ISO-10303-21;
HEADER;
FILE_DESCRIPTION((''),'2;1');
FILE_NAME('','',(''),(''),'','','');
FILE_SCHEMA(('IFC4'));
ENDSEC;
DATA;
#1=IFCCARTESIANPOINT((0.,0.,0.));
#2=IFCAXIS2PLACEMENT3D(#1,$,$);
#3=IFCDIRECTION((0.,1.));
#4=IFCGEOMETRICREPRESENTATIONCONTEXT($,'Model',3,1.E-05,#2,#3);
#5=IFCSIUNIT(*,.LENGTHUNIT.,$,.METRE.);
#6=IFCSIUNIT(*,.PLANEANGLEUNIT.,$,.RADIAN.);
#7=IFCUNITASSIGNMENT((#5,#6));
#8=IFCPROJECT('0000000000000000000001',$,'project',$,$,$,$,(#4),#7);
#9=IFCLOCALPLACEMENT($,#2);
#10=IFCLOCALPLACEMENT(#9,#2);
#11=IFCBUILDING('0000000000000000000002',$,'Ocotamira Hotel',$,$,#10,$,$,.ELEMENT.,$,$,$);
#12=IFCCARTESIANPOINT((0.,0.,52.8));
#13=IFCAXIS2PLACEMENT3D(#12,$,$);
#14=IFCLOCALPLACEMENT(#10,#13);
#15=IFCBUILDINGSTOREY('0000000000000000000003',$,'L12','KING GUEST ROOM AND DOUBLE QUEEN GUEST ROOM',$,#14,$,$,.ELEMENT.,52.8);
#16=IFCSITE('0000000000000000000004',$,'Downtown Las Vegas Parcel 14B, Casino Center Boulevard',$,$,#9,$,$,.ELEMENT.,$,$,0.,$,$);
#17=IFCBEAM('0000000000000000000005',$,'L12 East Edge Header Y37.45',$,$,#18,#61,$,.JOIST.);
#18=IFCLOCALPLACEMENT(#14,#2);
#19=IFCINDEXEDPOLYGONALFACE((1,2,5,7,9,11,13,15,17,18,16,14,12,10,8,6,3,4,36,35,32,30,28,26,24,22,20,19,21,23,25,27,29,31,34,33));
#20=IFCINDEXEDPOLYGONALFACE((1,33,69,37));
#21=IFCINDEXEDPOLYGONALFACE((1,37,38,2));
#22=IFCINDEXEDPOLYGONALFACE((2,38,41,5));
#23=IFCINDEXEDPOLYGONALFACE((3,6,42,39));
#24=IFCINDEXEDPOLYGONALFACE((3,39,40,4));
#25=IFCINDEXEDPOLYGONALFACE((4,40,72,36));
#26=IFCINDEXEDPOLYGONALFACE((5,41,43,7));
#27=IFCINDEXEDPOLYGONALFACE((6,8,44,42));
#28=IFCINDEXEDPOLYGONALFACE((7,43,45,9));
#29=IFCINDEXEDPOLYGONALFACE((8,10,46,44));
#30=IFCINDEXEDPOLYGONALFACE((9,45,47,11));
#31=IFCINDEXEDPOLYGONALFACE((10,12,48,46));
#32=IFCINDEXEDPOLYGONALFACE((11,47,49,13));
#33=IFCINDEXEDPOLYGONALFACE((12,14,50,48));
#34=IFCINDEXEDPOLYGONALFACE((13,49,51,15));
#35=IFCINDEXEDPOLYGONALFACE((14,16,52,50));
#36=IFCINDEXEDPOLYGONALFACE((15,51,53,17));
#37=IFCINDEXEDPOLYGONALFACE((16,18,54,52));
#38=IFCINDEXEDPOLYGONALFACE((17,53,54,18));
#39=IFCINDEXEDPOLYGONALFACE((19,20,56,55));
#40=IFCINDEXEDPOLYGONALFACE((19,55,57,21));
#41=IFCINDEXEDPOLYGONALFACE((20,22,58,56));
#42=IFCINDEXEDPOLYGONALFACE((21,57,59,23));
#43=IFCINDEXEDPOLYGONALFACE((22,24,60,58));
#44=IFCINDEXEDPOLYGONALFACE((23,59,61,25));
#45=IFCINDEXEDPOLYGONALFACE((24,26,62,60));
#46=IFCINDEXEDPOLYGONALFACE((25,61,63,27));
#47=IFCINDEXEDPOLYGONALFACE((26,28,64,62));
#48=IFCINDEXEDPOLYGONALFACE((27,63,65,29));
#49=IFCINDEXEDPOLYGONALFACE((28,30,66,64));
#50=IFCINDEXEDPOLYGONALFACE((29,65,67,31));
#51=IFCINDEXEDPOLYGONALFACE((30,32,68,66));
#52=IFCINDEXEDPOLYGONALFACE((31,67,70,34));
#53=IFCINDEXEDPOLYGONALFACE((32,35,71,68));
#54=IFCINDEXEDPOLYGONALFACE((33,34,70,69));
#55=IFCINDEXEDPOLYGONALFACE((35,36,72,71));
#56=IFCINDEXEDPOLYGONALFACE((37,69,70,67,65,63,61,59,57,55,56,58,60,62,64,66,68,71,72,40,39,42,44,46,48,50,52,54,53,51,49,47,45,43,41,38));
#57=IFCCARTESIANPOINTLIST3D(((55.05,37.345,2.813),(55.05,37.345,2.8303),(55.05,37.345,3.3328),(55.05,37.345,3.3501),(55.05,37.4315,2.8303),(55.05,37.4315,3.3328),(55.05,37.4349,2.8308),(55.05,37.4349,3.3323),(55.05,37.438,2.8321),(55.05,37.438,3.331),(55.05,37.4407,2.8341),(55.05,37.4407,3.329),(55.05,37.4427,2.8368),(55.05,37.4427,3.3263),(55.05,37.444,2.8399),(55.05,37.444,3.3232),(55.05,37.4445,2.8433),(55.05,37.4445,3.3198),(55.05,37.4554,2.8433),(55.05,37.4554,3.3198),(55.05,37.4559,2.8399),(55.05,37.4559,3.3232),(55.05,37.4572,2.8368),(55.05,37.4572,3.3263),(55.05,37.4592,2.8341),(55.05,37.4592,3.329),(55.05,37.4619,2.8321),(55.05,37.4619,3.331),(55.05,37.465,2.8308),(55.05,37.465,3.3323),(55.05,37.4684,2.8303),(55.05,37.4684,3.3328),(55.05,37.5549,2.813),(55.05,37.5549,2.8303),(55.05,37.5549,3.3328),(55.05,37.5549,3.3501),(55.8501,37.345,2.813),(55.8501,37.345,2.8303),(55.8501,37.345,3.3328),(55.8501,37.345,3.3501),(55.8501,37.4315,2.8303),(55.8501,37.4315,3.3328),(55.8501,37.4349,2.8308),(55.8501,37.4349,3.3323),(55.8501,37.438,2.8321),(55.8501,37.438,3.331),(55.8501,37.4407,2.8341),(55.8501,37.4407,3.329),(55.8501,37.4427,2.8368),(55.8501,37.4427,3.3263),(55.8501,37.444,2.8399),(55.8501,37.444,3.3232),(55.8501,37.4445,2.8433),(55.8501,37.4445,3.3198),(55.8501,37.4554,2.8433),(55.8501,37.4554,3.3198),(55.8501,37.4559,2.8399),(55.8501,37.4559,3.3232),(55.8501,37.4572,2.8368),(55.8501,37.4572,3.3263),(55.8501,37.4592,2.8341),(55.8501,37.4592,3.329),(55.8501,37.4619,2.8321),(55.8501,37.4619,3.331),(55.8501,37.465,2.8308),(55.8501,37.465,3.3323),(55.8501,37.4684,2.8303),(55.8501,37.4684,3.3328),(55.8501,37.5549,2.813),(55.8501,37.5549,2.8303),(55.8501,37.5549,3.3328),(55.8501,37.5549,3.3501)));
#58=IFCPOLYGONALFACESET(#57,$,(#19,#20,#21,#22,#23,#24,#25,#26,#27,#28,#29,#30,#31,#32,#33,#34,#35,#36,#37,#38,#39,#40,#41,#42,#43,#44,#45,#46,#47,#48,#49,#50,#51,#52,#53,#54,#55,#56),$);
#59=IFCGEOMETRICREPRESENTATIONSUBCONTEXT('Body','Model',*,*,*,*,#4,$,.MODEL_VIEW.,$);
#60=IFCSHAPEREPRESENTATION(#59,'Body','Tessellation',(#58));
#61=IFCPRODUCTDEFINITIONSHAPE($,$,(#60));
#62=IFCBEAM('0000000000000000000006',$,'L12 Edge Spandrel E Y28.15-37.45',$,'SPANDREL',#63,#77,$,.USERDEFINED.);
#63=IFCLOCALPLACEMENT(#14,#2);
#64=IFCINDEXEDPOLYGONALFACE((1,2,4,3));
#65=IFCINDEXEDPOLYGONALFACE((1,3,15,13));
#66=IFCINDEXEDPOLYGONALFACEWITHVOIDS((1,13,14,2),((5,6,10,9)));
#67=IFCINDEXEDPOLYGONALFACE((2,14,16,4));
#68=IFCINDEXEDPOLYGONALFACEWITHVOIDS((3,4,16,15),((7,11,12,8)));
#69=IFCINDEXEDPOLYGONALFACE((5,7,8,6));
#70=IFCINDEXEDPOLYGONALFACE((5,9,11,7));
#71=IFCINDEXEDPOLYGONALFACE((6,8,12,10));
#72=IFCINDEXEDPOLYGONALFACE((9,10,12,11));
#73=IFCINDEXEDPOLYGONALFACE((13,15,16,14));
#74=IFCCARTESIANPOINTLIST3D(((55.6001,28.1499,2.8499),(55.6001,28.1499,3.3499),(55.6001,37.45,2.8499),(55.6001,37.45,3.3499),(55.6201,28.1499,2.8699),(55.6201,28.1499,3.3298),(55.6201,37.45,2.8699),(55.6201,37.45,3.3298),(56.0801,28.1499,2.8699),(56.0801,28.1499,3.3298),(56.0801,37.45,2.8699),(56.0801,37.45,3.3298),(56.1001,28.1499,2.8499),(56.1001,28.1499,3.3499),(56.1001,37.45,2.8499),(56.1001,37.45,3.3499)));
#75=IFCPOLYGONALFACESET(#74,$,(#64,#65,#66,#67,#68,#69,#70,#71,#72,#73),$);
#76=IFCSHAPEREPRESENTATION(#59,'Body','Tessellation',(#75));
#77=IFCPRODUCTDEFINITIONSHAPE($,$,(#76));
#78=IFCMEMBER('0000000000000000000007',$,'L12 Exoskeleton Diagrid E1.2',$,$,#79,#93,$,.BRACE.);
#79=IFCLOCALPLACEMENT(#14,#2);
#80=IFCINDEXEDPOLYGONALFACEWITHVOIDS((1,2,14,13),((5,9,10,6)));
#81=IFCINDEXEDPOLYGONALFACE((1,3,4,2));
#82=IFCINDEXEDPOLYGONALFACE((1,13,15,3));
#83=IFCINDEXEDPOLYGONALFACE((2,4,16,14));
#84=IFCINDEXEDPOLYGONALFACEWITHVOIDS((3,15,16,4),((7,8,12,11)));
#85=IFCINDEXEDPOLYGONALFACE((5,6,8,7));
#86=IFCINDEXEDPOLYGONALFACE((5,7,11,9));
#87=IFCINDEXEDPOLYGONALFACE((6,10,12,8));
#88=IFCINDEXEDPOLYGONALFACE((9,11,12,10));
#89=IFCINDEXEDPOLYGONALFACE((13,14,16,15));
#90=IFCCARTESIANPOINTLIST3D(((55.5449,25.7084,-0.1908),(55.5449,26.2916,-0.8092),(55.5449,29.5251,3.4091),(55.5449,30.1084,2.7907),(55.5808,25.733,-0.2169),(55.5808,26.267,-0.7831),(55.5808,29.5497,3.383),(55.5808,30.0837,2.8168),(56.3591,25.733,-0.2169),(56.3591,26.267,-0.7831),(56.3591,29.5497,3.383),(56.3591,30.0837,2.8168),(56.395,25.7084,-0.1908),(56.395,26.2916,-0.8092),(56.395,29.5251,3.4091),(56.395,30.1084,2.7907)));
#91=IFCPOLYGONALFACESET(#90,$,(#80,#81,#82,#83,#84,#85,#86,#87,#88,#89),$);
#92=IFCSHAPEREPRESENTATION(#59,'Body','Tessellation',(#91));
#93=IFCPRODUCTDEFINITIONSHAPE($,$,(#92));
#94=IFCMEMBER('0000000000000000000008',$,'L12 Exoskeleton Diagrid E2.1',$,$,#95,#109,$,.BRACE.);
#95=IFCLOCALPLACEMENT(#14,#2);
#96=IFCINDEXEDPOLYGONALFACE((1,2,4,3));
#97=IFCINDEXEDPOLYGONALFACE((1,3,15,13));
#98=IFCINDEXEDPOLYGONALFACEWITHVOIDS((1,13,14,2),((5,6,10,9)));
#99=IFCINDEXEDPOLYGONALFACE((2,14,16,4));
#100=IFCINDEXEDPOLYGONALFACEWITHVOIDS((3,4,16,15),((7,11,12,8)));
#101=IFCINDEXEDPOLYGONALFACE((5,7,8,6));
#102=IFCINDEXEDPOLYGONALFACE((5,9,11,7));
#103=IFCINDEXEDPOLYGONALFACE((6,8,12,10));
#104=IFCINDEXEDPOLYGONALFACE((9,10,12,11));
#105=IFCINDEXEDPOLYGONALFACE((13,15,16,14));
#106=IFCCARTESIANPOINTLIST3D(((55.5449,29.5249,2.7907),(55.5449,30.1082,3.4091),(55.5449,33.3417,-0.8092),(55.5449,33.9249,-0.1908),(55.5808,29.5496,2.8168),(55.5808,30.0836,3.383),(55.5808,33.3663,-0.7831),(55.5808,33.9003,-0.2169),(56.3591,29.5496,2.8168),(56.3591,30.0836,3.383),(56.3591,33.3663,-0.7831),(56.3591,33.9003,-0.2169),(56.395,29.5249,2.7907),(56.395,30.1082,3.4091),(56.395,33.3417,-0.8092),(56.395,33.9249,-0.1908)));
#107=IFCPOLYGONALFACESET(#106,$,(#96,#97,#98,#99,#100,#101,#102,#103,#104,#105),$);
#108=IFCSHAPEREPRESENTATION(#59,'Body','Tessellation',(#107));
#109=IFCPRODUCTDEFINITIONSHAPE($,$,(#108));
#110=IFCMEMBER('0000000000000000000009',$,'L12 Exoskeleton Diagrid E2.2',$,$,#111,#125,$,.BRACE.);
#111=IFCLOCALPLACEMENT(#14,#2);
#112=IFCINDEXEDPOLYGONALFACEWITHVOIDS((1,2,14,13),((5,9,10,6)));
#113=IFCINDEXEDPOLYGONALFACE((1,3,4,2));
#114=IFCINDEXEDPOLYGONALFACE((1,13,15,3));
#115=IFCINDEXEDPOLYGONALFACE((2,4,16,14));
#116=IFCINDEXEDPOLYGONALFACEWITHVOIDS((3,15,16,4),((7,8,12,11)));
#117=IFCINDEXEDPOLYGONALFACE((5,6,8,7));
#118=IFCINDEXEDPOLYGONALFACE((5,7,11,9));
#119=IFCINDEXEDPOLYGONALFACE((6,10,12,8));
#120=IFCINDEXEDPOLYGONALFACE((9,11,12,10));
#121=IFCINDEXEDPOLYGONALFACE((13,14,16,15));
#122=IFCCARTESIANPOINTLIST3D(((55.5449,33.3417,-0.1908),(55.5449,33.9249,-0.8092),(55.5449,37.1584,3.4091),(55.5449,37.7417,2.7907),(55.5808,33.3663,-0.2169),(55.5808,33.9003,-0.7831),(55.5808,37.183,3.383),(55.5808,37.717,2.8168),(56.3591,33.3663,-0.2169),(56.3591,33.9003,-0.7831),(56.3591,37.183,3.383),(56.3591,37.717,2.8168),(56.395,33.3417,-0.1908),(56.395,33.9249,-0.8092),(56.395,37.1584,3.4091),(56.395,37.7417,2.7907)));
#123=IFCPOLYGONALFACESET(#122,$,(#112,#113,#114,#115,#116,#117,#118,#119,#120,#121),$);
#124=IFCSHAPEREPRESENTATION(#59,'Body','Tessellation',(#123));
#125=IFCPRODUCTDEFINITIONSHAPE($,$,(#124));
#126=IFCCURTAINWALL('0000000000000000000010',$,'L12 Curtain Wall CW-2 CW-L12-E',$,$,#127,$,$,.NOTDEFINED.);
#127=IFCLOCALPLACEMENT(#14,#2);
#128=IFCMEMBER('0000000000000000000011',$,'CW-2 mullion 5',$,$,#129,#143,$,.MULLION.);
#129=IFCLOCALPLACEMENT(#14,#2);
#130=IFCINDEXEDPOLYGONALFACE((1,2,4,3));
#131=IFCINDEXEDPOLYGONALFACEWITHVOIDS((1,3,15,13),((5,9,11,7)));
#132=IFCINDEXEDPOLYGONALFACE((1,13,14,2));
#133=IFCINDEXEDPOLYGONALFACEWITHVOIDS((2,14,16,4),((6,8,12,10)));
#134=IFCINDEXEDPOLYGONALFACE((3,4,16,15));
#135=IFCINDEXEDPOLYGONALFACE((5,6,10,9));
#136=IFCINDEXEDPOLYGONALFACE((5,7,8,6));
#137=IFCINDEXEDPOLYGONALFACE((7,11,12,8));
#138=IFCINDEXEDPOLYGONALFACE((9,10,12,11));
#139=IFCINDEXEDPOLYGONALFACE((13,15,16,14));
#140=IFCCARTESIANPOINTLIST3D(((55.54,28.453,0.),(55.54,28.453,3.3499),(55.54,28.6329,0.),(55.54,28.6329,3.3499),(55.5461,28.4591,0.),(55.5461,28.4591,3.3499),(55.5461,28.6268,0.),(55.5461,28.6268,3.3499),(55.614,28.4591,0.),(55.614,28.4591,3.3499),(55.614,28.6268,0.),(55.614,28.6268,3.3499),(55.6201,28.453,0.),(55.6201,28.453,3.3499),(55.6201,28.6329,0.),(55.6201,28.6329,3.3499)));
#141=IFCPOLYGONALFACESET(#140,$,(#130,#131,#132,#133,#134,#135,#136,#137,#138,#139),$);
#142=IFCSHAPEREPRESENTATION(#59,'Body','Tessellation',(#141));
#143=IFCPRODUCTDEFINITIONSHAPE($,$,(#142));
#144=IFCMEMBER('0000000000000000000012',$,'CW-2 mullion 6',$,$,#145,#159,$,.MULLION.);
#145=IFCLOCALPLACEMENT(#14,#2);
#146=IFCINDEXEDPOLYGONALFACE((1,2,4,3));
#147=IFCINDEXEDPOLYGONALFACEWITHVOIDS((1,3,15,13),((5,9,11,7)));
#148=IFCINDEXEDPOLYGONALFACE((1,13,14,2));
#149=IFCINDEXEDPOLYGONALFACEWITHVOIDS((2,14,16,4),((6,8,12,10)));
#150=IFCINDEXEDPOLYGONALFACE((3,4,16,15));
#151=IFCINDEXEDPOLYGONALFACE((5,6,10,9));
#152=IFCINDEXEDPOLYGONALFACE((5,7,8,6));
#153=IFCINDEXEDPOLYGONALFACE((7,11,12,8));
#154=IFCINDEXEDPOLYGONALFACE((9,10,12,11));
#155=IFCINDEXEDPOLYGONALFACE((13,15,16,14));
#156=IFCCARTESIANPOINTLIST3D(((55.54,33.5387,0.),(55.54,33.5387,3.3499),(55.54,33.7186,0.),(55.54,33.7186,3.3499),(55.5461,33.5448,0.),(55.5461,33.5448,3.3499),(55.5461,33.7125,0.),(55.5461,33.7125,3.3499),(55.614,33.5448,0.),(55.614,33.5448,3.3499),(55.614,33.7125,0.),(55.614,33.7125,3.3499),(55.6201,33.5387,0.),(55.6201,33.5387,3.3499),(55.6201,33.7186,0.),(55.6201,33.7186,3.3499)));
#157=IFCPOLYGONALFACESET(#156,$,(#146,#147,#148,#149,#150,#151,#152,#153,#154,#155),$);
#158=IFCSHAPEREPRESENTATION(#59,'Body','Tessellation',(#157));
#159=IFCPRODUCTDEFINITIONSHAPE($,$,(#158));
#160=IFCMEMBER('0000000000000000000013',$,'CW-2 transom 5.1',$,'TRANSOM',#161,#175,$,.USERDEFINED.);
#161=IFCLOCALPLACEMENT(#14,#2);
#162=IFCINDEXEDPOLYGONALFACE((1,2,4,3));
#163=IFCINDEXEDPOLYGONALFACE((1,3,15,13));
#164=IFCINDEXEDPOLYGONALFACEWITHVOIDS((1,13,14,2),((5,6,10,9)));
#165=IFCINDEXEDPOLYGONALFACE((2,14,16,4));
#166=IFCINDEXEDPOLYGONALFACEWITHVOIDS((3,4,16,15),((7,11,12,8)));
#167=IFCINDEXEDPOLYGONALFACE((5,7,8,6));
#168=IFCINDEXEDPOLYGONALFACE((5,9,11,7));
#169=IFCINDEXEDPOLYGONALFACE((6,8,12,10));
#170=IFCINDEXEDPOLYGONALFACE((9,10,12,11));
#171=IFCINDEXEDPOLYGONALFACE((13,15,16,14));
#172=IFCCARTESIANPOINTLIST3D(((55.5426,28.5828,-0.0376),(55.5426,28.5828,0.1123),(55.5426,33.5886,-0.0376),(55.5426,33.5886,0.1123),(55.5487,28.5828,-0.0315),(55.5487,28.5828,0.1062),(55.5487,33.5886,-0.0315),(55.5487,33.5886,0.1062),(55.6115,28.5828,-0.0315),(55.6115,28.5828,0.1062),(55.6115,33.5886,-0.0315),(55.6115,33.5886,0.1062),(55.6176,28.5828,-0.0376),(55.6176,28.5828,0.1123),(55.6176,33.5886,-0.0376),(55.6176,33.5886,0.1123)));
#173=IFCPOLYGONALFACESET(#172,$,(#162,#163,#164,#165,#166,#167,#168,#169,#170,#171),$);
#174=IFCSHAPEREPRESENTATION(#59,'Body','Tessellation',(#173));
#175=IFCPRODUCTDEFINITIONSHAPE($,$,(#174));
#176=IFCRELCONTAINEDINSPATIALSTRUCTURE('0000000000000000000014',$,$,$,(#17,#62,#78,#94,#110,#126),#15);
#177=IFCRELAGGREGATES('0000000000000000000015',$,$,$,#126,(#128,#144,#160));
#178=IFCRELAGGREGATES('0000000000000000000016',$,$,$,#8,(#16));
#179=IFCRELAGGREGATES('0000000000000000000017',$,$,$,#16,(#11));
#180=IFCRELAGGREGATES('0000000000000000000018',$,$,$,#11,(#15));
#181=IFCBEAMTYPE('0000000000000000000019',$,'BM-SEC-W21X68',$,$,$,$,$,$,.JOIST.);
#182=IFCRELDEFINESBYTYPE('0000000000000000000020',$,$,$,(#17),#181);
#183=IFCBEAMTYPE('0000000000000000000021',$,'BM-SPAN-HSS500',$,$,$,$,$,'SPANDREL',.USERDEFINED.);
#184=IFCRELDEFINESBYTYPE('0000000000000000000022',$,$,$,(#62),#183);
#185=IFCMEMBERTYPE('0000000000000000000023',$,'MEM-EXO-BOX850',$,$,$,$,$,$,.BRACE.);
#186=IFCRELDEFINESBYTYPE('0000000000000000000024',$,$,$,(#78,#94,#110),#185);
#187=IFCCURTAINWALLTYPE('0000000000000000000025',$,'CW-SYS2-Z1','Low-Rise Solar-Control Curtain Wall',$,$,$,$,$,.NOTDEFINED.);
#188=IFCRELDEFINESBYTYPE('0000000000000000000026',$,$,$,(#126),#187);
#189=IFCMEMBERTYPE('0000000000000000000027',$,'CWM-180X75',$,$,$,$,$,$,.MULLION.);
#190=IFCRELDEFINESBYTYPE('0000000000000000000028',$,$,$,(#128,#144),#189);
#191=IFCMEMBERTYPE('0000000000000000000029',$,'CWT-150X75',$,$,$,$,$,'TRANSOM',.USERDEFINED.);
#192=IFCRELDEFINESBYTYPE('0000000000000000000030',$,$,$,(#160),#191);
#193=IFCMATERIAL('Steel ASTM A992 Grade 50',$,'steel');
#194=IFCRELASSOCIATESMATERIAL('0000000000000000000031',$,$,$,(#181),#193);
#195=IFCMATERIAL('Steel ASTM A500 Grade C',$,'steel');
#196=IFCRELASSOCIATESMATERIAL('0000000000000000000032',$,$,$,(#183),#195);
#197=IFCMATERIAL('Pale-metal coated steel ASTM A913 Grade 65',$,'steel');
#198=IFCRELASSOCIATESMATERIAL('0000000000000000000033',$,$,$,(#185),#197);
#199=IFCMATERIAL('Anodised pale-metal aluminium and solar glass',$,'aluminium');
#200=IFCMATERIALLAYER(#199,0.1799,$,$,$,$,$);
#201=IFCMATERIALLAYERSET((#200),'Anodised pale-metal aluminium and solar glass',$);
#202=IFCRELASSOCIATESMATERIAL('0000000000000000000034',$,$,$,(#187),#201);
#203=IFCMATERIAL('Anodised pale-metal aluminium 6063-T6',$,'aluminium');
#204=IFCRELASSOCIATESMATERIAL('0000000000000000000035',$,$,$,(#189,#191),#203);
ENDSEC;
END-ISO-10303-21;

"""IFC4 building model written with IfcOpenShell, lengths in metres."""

from ifc_helpers import new_model, si_unit, direction, frame, origin, origin_2d, place, context, subcontext, project, spatial, hollow_rectangle, i_section, extrude, source, transform, mapped, material, layer, layer_set, material_profile, profile_set, type_object, element, aggregate, save


model = new_model("IFC4")

# Units and contexts
model_context = context("Model", 3, precision=1e-05, world=origin(), true_north=direction((0.0, 1.0)))
body_context = subcontext(model_context, "Body", "Model", "MODEL_VIEW")
ifc_project = project(units=[si_unit("LENGTHUNIT", "METRE"), si_unit("PLANEANGLEUNIT", "RADIAN")], contexts=[model_context])

# Site, building, storey
site_placement = place(None, origin())
site = spatial("IfcSite", under=ifc_project, at=site_placement, Name="Downtown Las Vegas Parcel 14B, Casino Center Boulevard", CompositionType="ELEMENT", RefElevation=0.0)
building_placement = place(site_placement, origin())
building = spatial("IfcBuilding", under=site, at=building_placement, Name="Ocotamira Hotel", CompositionType="ELEMENT")
storey_placement = place(building_placement, frame((0.0, 0.0, 52.8)))
storey = spatial("IfcBuildingStorey", under=building, at=storey_placement, Name="L12", Description="KING GUEST ROOM AND DOUBLE QUEEN GUEST ROOM", CompositionType="ELEMENT", Elevation=52.8)

# Beams
ifc_material_1 = material(Name="Steel ASTM A500 Grade C", Category="steel")
ifc_material_2 = material(Name="Steel ASTM A992 Grade 50", Category="steel")
ifc_material_profile_1 = material_profile(ifc_material_2, i_section(OverallWidth=0.21, OverallDepth=0.5371, WebThickness=0.011, FlangeThickness=0.0173, FilletRadius=0.0129, at=origin_2d()), Name="W21X68")
ifc_profile_set_1 = profile_set([ifc_material_profile_1], Name="Steel ASTM A992 Grade 50")
beam_type_1 = type_object("IfcBeamType", Name="BM-SEC-W21X68", PredefinedType="JOIST", material=ifc_profile_set_1)
shared_shape_1 = source(origin(), body_context, "Body", "SweptSolid", [
    extrude(i_section(OverallWidth=0.21, OverallDepth=0.5371, WebThickness=0.011, FlangeThickness=0.0173, FilletRadius=0.0129, at=origin_2d()), origin(), (0.0, 0.0, 1.0), 0.8),
])
for number, where, z_axis, x_axis, name in (
    (1, (55.05, 37.45, 3.0815), (1.0, 0.0, 0.0), (0.0, 1.0, 0.0), "L12 East Edge Header Y37.45"),
):
    element("IfcBeam", number, at=place(storey_placement, frame(where, z_axis=z_axis, x_axis=x_axis)), inside=storey, type_object=beam_type_1, Name=name, PredefinedType="JOIST", context=body_context, shape_type="MappedRepresentation", body=[
        mapped(shared_shape_1, transform((0.0, 0.0, 0.0), scale=1.0)),
    ])
ifc_material_profile_2 = material_profile(ifc_material_1, hollow_rectangle(XDim=0.5, YDim=0.5, WallThickness=0.02, at=origin_2d()), Name="HSS500X500X20")
ifc_profile_set_2 = profile_set([ifc_material_profile_2], Name="Steel ASTM A500 Grade C")
beam_type_2 = type_object("IfcBeamType", Name="BM-SPAN-HSS500", ElementType="SPANDREL", PredefinedType="USERDEFINED", material=ifc_profile_set_2)
shared_shape_2 = source(origin(), body_context, "Body", "SweptSolid", [
    extrude(hollow_rectangle(XDim=0.5, YDim=0.5, WallThickness=0.02, at=origin_2d()), origin(), (0.0, 0.0, 1.0), 9.3),
])
beam_1_placement = place(storey_placement, frame((55.8501, 28.1499, 3.0999), z_axis=(0.0, 1.0, 0.0), x_axis=(-1.0, 0.0, 0.0)))
element("IfcBeam", 2, at=beam_1_placement, inside=storey, type_object=beam_type_2, Name="L12 Edge Spandrel E Y28.15-37.45", ObjectType="SPANDREL", PredefinedType="USERDEFINED", context=body_context, shape_type="MappedRepresentation", body=[
    mapped(shared_shape_2, transform((0.0, 0.0, 0.0), scale=1.0)),
])

# Members
ifc_material_3 = material(Name="Pale-metal coated steel ASTM A913 Grade 65", Category="steel")
ifc_material_profile_3 = material_profile(ifc_material_3, hollow_rectangle(XDim=0.8501, YDim=0.8501, WallThickness=0.0359, at=origin_2d()), Name="BOX850X850X36")
ifc_profile_set_3 = profile_set([ifc_material_profile_3], Name="Pale-metal coated steel ASTM A913 Grade 65")
member_type_1 = type_object("IfcMemberType", Name="MEM-EXO-BOX850", PredefinedType="BRACE", material=ifc_profile_set_3)
shared_shape_3 = source(origin(), body_context, "Body", "SweptSolid", [
    extrude(hollow_rectangle(XDim=0.8501, YDim=0.8501, WallThickness=0.0359, at=origin_2d()), origin(), (0.0, 0.0, 1.0), 5.2466),
])
for number, where, z_axis, x_axis, name in (
    (3, (55.97, 26.0, -0.5), (0.0, 0.727466, 0.686144), (-1.0, 0.0, 0.0), "L12 Exoskeleton Diagrid E1.2"),
    (4, (55.97, 33.6333, -0.5), (0.0, -0.727466, 0.686144), (1.0, 0.0, 0.0), "L12 Exoskeleton Diagrid E2.1"),
    (5, (55.97, 33.6333, -0.5), (0.0, 0.727466, 0.686144), (-1.0, 0.0, 0.0), "L12 Exoskeleton Diagrid E2.2"),
):
    element("IfcMember", number, at=place(storey_placement, frame(where, z_axis=z_axis, x_axis=x_axis)), inside=storey, type_object=member_type_1, Name=name, PredefinedType="BRACE", context=body_context, shape_type="MappedRepresentation", body=[
        mapped(shared_shape_3, transform((0.0, 0.0, 0.0), scale=1.0)),
    ])

# Curtain wall, members
ifc_material_4 = material(Name="Anodised pale-metal aluminium and solar glass", Category="aluminium")
ifc_layer_1 = layer(ifc_material_4, 0.1799)
ifc_layer_set_1 = layer_set([ifc_layer_1], Name="Anodised pale-metal aluminium and solar glass")
curtain_wall_type = type_object("IfcCurtainWallType", Name="CW-SYS2-Z1", Description="Low-Rise Solar-Control Curtain Wall", PredefinedType="NOTDEFINED", material=ifc_layer_set_1)
curtain_wall_placement = place(storey_placement, origin())
curtain_wall = element("IfcCurtainWall", 6, at=curtain_wall_placement, inside=storey, type_object=curtain_wall_type, Name="L12 Curtain Wall CW-2 CW-L12-E", PredefinedType="NOTDEFINED")
ifc_material_5 = material(Name="Anodised pale-metal aluminium 6063-T6", Category="aluminium")
ifc_material_profile_4 = material_profile(ifc_material_5, hollow_rectangle(XDim=0.0801, YDim=0.1799, WallThickness=0.0061, at=origin_2d()), Name="HSS180X80X6")
ifc_profile_set_4 = profile_set([ifc_material_profile_4], Name="Anodised pale-metal aluminium 6063-T6")
member_type_2 = type_object("IfcMemberType", Name="CWM-180X75", PredefinedType="MULLION", material=ifc_profile_set_4)
shared_shape_4 = source(origin(), body_context, "Body", "SweptSolid", [
    extrude(hollow_rectangle(XDim=0.0801, YDim=0.1799, WallThickness=0.0061, at=origin_2d()), origin(), (0.0, 0.0, 1.0), 3.3499),
])
member_1_placement = place(storey_placement, frame((55.5801, 28.543, 0.0), z_axis=(0.0, 0.0, 1.0), x_axis=(-1.0, 0.0, 0.0)))
member_1 = element("IfcMember", 7, at=member_1_placement, type_object=member_type_2, Name="CW-2 mullion 5", PredefinedType="MULLION", context=body_context, shape_type="MappedRepresentation", body=[
    mapped(shared_shape_4, transform((0.0, 0.0, 0.0), scale=1.0)),
])
member_2_placement = place(storey_placement, frame((55.5801, 33.6287, 0.0), z_axis=(0.0, 0.0, 1.0), x_axis=(-1.0, 0.0, 0.0)))
member_2 = element("IfcMember", 8, at=member_2_placement, type_object=member_type_2, Name="CW-2 mullion 6", PredefinedType="MULLION", context=body_context, shape_type="MappedRepresentation", body=[
    mapped(shared_shape_4, transform((0.0, 0.0, 0.0), scale=1.0)),
])
ifc_material_profile_5 = material_profile(ifc_material_5, hollow_rectangle(XDim=0.075, YDim=0.1499, WallThickness=0.0061, at=origin_2d()), Name="HSS150X75X6")
ifc_profile_set_5 = profile_set([ifc_material_profile_5], Name="Anodised pale-metal aluminium 6063-T6")
member_type_3 = type_object("IfcMemberType", Name="CWT-150X75", ElementType="TRANSOM", PredefinedType="USERDEFINED", material=ifc_profile_set_5)
shared_shape_5 = source(origin(), body_context, "Body", "SweptSolid", [
    extrude(hollow_rectangle(XDim=0.075, YDim=0.1499, WallThickness=0.0061, at=origin_2d()), origin(), (0.0, 0.0, 1.0), 5.0059),
])
member_3_placement = place(storey_placement, frame((55.5801, 28.5828, 0.0374), z_axis=(0.0, 1.0, 0.0), x_axis=(-1.0, 0.0, 0.0)))
member_3 = element("IfcMember", 9, at=member_3_placement, type_object=member_type_3, Name="CW-2 transom 5.1", ObjectType="TRANSOM", PredefinedType="USERDEFINED", context=body_context, shape_type="MappedRepresentation", body=[
    mapped(shared_shape_5, transform((0.0, 0.0, 0.0), scale=1.0)),
])

aggregate(curtain_wall, [member_1, member_2, member_3])

save(model, "model.ifc")
